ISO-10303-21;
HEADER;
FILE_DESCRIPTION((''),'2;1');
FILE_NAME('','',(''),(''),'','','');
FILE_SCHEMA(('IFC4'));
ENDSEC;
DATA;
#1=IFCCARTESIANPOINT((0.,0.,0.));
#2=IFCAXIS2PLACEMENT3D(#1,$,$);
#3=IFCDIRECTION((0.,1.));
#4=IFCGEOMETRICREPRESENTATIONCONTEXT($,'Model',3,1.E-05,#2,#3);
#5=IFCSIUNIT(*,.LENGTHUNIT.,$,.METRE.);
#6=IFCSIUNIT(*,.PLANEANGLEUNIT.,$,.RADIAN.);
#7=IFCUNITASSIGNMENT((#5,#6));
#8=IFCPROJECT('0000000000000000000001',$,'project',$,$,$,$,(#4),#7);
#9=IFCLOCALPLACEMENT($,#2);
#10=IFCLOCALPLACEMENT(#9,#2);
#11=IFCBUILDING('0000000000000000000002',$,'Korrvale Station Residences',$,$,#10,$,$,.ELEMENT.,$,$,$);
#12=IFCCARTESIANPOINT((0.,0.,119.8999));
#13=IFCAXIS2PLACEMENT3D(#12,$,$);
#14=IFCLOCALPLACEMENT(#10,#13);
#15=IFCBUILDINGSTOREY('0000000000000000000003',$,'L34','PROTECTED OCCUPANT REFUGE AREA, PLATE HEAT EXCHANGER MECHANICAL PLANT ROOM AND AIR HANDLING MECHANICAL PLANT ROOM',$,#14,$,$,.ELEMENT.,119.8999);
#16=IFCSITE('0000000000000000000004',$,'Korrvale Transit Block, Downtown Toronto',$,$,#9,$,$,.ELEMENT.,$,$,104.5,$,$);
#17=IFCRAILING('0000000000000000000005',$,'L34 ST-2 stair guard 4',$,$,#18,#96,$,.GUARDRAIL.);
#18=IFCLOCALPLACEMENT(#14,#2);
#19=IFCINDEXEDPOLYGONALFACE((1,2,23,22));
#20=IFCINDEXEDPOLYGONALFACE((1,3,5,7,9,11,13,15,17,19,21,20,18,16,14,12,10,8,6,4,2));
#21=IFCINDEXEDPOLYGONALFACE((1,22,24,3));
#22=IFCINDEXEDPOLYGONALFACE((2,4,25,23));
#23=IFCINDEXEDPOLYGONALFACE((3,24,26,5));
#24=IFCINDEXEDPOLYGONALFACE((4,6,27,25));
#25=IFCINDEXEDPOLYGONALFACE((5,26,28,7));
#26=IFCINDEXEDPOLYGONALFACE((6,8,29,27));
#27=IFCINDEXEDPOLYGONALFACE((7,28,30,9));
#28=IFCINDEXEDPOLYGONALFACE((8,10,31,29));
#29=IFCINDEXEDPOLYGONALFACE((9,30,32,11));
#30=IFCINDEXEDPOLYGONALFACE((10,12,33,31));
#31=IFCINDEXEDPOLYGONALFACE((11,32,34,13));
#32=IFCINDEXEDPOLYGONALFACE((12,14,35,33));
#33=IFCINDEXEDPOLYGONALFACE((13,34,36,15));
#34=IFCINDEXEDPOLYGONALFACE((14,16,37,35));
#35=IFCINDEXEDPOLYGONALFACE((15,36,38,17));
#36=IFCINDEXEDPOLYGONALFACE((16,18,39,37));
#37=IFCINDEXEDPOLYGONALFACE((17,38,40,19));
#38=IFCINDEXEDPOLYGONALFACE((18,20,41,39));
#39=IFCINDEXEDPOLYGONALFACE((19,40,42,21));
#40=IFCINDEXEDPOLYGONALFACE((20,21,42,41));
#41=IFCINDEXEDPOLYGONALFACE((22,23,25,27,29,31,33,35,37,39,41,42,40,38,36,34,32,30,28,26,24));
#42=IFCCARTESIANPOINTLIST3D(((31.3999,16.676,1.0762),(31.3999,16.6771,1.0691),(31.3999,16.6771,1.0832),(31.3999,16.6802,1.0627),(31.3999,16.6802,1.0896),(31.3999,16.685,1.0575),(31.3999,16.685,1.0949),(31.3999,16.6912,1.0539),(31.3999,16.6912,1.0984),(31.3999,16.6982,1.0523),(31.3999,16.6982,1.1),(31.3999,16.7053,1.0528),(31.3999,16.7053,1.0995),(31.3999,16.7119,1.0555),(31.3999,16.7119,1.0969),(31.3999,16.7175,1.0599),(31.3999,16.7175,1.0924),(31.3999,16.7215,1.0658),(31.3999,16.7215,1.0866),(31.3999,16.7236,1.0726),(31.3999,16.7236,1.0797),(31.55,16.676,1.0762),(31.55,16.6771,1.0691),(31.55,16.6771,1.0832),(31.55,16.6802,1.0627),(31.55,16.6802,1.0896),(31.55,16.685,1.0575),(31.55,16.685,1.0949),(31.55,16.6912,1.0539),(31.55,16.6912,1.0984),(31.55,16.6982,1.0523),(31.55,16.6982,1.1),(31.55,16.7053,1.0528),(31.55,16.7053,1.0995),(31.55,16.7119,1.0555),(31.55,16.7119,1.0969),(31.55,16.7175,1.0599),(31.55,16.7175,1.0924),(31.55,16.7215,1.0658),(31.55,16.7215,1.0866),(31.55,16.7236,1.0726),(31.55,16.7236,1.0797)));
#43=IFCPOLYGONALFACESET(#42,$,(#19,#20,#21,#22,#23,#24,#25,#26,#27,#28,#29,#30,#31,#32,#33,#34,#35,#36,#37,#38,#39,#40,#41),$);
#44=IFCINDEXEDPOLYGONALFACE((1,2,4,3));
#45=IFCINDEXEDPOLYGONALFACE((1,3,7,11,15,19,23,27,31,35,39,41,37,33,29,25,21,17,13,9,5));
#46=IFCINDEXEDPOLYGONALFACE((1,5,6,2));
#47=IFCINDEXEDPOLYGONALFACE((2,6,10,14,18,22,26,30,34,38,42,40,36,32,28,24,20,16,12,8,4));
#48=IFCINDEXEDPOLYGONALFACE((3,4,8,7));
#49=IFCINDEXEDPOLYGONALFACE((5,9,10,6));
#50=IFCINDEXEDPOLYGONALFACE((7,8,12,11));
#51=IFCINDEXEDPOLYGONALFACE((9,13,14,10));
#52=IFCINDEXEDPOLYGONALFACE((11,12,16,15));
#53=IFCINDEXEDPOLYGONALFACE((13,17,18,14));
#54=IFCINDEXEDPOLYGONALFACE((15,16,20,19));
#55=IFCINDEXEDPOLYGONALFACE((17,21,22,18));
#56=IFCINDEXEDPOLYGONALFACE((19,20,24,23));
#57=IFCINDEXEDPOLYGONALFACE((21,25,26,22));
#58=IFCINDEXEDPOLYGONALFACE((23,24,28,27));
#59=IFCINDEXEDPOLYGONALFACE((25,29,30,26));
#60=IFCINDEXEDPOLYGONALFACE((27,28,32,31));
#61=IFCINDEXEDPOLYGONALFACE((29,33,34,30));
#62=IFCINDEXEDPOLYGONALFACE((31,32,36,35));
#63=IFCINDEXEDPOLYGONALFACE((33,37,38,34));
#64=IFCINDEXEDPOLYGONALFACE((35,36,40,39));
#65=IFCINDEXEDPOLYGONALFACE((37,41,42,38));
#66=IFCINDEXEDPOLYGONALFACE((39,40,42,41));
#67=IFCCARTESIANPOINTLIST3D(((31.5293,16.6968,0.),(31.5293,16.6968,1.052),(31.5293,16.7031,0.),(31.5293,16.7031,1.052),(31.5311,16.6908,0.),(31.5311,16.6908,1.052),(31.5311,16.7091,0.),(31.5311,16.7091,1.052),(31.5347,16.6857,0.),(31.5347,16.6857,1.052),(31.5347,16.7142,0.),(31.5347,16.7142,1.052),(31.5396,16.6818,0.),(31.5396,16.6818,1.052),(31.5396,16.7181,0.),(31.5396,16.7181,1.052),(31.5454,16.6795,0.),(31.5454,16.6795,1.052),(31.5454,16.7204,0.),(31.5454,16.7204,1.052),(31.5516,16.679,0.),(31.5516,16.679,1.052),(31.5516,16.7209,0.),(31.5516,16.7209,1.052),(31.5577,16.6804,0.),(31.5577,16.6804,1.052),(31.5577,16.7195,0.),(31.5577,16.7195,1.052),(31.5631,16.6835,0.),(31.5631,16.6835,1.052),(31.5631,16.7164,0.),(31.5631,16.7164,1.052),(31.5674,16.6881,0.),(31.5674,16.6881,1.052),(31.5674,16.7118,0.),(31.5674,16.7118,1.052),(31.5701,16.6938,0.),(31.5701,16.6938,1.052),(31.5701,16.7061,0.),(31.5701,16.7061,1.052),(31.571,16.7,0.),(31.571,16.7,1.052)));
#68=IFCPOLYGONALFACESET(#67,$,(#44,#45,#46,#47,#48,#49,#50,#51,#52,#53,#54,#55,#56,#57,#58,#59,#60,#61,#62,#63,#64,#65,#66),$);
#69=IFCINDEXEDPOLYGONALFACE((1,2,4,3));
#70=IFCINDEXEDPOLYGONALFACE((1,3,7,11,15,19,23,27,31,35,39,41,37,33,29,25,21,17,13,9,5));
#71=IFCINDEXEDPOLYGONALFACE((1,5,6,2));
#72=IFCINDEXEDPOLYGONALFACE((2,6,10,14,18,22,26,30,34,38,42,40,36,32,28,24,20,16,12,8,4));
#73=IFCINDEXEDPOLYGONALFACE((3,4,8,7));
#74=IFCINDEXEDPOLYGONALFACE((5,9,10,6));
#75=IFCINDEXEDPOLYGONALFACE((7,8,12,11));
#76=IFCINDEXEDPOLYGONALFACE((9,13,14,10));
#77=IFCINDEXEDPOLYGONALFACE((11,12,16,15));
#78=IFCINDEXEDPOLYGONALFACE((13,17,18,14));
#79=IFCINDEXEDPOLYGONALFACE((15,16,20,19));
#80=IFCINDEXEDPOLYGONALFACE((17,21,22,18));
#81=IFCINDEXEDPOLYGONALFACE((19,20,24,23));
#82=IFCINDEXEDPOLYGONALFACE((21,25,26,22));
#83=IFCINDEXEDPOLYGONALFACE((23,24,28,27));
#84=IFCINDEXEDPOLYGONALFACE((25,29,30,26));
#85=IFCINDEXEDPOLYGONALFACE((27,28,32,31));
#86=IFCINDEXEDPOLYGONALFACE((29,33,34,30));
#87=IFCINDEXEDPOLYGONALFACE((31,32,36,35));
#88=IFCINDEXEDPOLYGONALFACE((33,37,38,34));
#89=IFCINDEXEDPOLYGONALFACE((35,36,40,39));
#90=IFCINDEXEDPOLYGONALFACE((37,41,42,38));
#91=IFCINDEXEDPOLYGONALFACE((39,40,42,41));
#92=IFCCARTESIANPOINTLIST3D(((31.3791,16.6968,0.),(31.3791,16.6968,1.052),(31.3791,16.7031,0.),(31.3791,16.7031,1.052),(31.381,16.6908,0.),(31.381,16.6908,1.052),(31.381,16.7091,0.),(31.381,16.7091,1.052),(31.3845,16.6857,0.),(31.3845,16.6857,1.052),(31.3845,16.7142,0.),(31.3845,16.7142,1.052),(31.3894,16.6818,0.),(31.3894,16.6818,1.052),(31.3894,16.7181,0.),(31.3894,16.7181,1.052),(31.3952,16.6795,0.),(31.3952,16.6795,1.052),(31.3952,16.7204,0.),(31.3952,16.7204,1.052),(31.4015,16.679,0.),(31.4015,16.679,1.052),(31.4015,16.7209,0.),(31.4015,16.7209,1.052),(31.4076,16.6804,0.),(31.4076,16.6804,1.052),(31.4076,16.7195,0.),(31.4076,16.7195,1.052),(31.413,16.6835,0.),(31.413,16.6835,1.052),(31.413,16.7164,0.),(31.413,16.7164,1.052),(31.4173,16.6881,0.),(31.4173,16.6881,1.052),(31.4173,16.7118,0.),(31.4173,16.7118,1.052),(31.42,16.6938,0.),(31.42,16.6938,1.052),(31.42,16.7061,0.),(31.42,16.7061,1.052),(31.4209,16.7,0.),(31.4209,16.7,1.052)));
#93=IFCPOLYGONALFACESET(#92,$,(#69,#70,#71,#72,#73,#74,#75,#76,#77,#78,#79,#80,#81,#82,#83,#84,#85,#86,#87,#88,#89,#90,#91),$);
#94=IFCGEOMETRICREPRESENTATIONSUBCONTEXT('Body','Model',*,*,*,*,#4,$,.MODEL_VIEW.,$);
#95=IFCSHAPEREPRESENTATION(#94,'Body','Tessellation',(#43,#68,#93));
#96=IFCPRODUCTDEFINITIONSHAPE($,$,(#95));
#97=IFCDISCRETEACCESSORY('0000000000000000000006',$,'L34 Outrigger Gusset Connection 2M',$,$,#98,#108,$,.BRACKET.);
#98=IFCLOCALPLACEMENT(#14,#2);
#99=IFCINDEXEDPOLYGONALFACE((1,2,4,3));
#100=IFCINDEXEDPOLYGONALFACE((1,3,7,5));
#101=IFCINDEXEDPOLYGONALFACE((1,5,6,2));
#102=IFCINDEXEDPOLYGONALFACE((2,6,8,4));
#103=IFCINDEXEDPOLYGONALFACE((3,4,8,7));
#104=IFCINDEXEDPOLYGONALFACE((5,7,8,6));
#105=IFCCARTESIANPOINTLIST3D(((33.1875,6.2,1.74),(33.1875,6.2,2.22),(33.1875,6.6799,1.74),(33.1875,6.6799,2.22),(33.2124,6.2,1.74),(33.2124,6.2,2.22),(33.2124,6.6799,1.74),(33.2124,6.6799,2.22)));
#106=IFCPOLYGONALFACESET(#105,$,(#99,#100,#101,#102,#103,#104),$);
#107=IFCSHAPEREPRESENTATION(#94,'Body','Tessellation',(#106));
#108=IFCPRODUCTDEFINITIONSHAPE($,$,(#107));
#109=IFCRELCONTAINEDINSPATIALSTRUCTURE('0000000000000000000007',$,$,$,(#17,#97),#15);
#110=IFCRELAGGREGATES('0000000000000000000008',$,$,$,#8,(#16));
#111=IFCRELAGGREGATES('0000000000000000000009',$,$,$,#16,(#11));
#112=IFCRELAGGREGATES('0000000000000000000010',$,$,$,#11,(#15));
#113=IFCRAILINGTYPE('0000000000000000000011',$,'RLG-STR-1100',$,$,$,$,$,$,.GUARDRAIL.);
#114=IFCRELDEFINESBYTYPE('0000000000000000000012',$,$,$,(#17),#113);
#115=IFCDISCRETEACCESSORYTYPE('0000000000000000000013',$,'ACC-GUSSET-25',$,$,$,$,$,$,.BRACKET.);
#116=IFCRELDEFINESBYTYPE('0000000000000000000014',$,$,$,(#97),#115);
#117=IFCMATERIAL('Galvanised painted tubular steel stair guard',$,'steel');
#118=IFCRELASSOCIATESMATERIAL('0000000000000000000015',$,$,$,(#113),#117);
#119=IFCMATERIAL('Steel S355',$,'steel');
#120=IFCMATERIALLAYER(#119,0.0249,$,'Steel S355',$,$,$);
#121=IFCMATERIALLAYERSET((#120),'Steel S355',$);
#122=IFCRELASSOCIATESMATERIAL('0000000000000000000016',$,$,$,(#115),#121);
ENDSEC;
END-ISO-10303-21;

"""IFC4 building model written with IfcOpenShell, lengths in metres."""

from ifc_helpers import new_model, si_unit, direction, frame, origin, origin_2d, place, context, subcontext, project, spatial, rectangle, circle, extrude, material, layer, layer_set, type_object, element, save


model = new_model("IFC4")

# Units and contexts
model_context = context("Model", 3, precision=1e-05, world=origin(), true_north=direction((0.0, 1.0)))
body_context = subcontext(model_context, "Body", "Model", "MODEL_VIEW")
ifc_project = project(units=[si_unit("LENGTHUNIT", "METRE"), si_unit("PLANEANGLEUNIT", "RADIAN")], contexts=[model_context])

# Site, building, storey
site_placement = place(None, origin())
site = spatial("IfcSite", under=ifc_project, at=site_placement, Name="Korrvale Transit Block, Downtown Toronto", CompositionType="ELEMENT", RefElevation=104.5)
building_placement = place(site_placement, origin())
building = spatial("IfcBuilding", under=site, at=building_placement, Name="Korrvale Station Residences", CompositionType="ELEMENT")
storey_placement = place(building_placement, frame((0.0, 0.0, 119.8999)))
storey = spatial("IfcBuildingStorey", under=building, at=storey_placement, Name="L34", Description="PROTECTED OCCUPANT REFUGE AREA, PLATE HEAT EXCHANGER MECHANICAL PLANT ROOM AND AIR HANDLING MECHANICAL PLANT ROOM", CompositionType="ELEMENT", Elevation=119.8999)

# Railing
ifc_material_1 = material(Name="Galvanised painted tubular steel stair guard", Category="steel")
railing_type_1 = type_object("IfcRailingType", Name="RLG-STR-1100", PredefinedType="GUARDRAIL", material=ifc_material_1)
railing_1_placement = place(storey_placement, frame((31.55, 16.7, 0.0)))
element("IfcRailing", 1, at=railing_1_placement, inside=storey, type_object=railing_type_1, Name="L34 ST-2 stair guard 4", PredefinedType="GUARDRAIL", context=body_context, shape_type="SweptSolid", body=[
    extrude(circle(Radius=0.0239, at=origin_2d()), frame((0.0, 0.0, 1.0762), z_axis=(-1.0, 0.0, 0.0), x_axis=(0.0, -1.0, 0.0)), (0.0, 0.0, 1.0), 0.1501),
    extrude(circle(Radius=0.021, at=origin_2d()), origin(), (0.0, 0.0, 1.0), 1.052),
    extrude(circle(Radius=0.021, at=origin_2d()), frame((-0.1501, 0.0, 0.0)), (0.0, 0.0, 1.0), 1.052),
])

# Discrete accessory
ifc_material_2 = material(Name="Steel S355", Category="steel")
ifc_layer_1 = layer(ifc_material_2, 0.0249, Name="Steel S355")
ifc_layer_set_1 = layer_set([ifc_layer_1], Name="Steel S355")
discrete_accessory_type = type_object("IfcDiscreteAccessoryType", Name="ACC-GUSSET-25", PredefinedType="BRACKET", material=ifc_layer_set_1)
discrete_accessory_placement = place(storey_placement, frame((33.2, 6.4399, 1.74), z_axis=(0.0, 0.0, 1.0), x_axis=(0.0, 1.0, 0.0)))
element("IfcDiscreteAccessory", 2, at=discrete_accessory_placement, inside=storey, type_object=discrete_accessory_type, Name="L34 Outrigger Gusset Connection 2M", PredefinedType="BRACKET", context=body_context, shape_type="SweptSolid", body=[
    extrude(rectangle(XDim=0.48, YDim=0.0249, at=origin_2d()), origin(), (0.0, 0.0, 1.0), 0.48),
])

save(model, "model.ifc")
